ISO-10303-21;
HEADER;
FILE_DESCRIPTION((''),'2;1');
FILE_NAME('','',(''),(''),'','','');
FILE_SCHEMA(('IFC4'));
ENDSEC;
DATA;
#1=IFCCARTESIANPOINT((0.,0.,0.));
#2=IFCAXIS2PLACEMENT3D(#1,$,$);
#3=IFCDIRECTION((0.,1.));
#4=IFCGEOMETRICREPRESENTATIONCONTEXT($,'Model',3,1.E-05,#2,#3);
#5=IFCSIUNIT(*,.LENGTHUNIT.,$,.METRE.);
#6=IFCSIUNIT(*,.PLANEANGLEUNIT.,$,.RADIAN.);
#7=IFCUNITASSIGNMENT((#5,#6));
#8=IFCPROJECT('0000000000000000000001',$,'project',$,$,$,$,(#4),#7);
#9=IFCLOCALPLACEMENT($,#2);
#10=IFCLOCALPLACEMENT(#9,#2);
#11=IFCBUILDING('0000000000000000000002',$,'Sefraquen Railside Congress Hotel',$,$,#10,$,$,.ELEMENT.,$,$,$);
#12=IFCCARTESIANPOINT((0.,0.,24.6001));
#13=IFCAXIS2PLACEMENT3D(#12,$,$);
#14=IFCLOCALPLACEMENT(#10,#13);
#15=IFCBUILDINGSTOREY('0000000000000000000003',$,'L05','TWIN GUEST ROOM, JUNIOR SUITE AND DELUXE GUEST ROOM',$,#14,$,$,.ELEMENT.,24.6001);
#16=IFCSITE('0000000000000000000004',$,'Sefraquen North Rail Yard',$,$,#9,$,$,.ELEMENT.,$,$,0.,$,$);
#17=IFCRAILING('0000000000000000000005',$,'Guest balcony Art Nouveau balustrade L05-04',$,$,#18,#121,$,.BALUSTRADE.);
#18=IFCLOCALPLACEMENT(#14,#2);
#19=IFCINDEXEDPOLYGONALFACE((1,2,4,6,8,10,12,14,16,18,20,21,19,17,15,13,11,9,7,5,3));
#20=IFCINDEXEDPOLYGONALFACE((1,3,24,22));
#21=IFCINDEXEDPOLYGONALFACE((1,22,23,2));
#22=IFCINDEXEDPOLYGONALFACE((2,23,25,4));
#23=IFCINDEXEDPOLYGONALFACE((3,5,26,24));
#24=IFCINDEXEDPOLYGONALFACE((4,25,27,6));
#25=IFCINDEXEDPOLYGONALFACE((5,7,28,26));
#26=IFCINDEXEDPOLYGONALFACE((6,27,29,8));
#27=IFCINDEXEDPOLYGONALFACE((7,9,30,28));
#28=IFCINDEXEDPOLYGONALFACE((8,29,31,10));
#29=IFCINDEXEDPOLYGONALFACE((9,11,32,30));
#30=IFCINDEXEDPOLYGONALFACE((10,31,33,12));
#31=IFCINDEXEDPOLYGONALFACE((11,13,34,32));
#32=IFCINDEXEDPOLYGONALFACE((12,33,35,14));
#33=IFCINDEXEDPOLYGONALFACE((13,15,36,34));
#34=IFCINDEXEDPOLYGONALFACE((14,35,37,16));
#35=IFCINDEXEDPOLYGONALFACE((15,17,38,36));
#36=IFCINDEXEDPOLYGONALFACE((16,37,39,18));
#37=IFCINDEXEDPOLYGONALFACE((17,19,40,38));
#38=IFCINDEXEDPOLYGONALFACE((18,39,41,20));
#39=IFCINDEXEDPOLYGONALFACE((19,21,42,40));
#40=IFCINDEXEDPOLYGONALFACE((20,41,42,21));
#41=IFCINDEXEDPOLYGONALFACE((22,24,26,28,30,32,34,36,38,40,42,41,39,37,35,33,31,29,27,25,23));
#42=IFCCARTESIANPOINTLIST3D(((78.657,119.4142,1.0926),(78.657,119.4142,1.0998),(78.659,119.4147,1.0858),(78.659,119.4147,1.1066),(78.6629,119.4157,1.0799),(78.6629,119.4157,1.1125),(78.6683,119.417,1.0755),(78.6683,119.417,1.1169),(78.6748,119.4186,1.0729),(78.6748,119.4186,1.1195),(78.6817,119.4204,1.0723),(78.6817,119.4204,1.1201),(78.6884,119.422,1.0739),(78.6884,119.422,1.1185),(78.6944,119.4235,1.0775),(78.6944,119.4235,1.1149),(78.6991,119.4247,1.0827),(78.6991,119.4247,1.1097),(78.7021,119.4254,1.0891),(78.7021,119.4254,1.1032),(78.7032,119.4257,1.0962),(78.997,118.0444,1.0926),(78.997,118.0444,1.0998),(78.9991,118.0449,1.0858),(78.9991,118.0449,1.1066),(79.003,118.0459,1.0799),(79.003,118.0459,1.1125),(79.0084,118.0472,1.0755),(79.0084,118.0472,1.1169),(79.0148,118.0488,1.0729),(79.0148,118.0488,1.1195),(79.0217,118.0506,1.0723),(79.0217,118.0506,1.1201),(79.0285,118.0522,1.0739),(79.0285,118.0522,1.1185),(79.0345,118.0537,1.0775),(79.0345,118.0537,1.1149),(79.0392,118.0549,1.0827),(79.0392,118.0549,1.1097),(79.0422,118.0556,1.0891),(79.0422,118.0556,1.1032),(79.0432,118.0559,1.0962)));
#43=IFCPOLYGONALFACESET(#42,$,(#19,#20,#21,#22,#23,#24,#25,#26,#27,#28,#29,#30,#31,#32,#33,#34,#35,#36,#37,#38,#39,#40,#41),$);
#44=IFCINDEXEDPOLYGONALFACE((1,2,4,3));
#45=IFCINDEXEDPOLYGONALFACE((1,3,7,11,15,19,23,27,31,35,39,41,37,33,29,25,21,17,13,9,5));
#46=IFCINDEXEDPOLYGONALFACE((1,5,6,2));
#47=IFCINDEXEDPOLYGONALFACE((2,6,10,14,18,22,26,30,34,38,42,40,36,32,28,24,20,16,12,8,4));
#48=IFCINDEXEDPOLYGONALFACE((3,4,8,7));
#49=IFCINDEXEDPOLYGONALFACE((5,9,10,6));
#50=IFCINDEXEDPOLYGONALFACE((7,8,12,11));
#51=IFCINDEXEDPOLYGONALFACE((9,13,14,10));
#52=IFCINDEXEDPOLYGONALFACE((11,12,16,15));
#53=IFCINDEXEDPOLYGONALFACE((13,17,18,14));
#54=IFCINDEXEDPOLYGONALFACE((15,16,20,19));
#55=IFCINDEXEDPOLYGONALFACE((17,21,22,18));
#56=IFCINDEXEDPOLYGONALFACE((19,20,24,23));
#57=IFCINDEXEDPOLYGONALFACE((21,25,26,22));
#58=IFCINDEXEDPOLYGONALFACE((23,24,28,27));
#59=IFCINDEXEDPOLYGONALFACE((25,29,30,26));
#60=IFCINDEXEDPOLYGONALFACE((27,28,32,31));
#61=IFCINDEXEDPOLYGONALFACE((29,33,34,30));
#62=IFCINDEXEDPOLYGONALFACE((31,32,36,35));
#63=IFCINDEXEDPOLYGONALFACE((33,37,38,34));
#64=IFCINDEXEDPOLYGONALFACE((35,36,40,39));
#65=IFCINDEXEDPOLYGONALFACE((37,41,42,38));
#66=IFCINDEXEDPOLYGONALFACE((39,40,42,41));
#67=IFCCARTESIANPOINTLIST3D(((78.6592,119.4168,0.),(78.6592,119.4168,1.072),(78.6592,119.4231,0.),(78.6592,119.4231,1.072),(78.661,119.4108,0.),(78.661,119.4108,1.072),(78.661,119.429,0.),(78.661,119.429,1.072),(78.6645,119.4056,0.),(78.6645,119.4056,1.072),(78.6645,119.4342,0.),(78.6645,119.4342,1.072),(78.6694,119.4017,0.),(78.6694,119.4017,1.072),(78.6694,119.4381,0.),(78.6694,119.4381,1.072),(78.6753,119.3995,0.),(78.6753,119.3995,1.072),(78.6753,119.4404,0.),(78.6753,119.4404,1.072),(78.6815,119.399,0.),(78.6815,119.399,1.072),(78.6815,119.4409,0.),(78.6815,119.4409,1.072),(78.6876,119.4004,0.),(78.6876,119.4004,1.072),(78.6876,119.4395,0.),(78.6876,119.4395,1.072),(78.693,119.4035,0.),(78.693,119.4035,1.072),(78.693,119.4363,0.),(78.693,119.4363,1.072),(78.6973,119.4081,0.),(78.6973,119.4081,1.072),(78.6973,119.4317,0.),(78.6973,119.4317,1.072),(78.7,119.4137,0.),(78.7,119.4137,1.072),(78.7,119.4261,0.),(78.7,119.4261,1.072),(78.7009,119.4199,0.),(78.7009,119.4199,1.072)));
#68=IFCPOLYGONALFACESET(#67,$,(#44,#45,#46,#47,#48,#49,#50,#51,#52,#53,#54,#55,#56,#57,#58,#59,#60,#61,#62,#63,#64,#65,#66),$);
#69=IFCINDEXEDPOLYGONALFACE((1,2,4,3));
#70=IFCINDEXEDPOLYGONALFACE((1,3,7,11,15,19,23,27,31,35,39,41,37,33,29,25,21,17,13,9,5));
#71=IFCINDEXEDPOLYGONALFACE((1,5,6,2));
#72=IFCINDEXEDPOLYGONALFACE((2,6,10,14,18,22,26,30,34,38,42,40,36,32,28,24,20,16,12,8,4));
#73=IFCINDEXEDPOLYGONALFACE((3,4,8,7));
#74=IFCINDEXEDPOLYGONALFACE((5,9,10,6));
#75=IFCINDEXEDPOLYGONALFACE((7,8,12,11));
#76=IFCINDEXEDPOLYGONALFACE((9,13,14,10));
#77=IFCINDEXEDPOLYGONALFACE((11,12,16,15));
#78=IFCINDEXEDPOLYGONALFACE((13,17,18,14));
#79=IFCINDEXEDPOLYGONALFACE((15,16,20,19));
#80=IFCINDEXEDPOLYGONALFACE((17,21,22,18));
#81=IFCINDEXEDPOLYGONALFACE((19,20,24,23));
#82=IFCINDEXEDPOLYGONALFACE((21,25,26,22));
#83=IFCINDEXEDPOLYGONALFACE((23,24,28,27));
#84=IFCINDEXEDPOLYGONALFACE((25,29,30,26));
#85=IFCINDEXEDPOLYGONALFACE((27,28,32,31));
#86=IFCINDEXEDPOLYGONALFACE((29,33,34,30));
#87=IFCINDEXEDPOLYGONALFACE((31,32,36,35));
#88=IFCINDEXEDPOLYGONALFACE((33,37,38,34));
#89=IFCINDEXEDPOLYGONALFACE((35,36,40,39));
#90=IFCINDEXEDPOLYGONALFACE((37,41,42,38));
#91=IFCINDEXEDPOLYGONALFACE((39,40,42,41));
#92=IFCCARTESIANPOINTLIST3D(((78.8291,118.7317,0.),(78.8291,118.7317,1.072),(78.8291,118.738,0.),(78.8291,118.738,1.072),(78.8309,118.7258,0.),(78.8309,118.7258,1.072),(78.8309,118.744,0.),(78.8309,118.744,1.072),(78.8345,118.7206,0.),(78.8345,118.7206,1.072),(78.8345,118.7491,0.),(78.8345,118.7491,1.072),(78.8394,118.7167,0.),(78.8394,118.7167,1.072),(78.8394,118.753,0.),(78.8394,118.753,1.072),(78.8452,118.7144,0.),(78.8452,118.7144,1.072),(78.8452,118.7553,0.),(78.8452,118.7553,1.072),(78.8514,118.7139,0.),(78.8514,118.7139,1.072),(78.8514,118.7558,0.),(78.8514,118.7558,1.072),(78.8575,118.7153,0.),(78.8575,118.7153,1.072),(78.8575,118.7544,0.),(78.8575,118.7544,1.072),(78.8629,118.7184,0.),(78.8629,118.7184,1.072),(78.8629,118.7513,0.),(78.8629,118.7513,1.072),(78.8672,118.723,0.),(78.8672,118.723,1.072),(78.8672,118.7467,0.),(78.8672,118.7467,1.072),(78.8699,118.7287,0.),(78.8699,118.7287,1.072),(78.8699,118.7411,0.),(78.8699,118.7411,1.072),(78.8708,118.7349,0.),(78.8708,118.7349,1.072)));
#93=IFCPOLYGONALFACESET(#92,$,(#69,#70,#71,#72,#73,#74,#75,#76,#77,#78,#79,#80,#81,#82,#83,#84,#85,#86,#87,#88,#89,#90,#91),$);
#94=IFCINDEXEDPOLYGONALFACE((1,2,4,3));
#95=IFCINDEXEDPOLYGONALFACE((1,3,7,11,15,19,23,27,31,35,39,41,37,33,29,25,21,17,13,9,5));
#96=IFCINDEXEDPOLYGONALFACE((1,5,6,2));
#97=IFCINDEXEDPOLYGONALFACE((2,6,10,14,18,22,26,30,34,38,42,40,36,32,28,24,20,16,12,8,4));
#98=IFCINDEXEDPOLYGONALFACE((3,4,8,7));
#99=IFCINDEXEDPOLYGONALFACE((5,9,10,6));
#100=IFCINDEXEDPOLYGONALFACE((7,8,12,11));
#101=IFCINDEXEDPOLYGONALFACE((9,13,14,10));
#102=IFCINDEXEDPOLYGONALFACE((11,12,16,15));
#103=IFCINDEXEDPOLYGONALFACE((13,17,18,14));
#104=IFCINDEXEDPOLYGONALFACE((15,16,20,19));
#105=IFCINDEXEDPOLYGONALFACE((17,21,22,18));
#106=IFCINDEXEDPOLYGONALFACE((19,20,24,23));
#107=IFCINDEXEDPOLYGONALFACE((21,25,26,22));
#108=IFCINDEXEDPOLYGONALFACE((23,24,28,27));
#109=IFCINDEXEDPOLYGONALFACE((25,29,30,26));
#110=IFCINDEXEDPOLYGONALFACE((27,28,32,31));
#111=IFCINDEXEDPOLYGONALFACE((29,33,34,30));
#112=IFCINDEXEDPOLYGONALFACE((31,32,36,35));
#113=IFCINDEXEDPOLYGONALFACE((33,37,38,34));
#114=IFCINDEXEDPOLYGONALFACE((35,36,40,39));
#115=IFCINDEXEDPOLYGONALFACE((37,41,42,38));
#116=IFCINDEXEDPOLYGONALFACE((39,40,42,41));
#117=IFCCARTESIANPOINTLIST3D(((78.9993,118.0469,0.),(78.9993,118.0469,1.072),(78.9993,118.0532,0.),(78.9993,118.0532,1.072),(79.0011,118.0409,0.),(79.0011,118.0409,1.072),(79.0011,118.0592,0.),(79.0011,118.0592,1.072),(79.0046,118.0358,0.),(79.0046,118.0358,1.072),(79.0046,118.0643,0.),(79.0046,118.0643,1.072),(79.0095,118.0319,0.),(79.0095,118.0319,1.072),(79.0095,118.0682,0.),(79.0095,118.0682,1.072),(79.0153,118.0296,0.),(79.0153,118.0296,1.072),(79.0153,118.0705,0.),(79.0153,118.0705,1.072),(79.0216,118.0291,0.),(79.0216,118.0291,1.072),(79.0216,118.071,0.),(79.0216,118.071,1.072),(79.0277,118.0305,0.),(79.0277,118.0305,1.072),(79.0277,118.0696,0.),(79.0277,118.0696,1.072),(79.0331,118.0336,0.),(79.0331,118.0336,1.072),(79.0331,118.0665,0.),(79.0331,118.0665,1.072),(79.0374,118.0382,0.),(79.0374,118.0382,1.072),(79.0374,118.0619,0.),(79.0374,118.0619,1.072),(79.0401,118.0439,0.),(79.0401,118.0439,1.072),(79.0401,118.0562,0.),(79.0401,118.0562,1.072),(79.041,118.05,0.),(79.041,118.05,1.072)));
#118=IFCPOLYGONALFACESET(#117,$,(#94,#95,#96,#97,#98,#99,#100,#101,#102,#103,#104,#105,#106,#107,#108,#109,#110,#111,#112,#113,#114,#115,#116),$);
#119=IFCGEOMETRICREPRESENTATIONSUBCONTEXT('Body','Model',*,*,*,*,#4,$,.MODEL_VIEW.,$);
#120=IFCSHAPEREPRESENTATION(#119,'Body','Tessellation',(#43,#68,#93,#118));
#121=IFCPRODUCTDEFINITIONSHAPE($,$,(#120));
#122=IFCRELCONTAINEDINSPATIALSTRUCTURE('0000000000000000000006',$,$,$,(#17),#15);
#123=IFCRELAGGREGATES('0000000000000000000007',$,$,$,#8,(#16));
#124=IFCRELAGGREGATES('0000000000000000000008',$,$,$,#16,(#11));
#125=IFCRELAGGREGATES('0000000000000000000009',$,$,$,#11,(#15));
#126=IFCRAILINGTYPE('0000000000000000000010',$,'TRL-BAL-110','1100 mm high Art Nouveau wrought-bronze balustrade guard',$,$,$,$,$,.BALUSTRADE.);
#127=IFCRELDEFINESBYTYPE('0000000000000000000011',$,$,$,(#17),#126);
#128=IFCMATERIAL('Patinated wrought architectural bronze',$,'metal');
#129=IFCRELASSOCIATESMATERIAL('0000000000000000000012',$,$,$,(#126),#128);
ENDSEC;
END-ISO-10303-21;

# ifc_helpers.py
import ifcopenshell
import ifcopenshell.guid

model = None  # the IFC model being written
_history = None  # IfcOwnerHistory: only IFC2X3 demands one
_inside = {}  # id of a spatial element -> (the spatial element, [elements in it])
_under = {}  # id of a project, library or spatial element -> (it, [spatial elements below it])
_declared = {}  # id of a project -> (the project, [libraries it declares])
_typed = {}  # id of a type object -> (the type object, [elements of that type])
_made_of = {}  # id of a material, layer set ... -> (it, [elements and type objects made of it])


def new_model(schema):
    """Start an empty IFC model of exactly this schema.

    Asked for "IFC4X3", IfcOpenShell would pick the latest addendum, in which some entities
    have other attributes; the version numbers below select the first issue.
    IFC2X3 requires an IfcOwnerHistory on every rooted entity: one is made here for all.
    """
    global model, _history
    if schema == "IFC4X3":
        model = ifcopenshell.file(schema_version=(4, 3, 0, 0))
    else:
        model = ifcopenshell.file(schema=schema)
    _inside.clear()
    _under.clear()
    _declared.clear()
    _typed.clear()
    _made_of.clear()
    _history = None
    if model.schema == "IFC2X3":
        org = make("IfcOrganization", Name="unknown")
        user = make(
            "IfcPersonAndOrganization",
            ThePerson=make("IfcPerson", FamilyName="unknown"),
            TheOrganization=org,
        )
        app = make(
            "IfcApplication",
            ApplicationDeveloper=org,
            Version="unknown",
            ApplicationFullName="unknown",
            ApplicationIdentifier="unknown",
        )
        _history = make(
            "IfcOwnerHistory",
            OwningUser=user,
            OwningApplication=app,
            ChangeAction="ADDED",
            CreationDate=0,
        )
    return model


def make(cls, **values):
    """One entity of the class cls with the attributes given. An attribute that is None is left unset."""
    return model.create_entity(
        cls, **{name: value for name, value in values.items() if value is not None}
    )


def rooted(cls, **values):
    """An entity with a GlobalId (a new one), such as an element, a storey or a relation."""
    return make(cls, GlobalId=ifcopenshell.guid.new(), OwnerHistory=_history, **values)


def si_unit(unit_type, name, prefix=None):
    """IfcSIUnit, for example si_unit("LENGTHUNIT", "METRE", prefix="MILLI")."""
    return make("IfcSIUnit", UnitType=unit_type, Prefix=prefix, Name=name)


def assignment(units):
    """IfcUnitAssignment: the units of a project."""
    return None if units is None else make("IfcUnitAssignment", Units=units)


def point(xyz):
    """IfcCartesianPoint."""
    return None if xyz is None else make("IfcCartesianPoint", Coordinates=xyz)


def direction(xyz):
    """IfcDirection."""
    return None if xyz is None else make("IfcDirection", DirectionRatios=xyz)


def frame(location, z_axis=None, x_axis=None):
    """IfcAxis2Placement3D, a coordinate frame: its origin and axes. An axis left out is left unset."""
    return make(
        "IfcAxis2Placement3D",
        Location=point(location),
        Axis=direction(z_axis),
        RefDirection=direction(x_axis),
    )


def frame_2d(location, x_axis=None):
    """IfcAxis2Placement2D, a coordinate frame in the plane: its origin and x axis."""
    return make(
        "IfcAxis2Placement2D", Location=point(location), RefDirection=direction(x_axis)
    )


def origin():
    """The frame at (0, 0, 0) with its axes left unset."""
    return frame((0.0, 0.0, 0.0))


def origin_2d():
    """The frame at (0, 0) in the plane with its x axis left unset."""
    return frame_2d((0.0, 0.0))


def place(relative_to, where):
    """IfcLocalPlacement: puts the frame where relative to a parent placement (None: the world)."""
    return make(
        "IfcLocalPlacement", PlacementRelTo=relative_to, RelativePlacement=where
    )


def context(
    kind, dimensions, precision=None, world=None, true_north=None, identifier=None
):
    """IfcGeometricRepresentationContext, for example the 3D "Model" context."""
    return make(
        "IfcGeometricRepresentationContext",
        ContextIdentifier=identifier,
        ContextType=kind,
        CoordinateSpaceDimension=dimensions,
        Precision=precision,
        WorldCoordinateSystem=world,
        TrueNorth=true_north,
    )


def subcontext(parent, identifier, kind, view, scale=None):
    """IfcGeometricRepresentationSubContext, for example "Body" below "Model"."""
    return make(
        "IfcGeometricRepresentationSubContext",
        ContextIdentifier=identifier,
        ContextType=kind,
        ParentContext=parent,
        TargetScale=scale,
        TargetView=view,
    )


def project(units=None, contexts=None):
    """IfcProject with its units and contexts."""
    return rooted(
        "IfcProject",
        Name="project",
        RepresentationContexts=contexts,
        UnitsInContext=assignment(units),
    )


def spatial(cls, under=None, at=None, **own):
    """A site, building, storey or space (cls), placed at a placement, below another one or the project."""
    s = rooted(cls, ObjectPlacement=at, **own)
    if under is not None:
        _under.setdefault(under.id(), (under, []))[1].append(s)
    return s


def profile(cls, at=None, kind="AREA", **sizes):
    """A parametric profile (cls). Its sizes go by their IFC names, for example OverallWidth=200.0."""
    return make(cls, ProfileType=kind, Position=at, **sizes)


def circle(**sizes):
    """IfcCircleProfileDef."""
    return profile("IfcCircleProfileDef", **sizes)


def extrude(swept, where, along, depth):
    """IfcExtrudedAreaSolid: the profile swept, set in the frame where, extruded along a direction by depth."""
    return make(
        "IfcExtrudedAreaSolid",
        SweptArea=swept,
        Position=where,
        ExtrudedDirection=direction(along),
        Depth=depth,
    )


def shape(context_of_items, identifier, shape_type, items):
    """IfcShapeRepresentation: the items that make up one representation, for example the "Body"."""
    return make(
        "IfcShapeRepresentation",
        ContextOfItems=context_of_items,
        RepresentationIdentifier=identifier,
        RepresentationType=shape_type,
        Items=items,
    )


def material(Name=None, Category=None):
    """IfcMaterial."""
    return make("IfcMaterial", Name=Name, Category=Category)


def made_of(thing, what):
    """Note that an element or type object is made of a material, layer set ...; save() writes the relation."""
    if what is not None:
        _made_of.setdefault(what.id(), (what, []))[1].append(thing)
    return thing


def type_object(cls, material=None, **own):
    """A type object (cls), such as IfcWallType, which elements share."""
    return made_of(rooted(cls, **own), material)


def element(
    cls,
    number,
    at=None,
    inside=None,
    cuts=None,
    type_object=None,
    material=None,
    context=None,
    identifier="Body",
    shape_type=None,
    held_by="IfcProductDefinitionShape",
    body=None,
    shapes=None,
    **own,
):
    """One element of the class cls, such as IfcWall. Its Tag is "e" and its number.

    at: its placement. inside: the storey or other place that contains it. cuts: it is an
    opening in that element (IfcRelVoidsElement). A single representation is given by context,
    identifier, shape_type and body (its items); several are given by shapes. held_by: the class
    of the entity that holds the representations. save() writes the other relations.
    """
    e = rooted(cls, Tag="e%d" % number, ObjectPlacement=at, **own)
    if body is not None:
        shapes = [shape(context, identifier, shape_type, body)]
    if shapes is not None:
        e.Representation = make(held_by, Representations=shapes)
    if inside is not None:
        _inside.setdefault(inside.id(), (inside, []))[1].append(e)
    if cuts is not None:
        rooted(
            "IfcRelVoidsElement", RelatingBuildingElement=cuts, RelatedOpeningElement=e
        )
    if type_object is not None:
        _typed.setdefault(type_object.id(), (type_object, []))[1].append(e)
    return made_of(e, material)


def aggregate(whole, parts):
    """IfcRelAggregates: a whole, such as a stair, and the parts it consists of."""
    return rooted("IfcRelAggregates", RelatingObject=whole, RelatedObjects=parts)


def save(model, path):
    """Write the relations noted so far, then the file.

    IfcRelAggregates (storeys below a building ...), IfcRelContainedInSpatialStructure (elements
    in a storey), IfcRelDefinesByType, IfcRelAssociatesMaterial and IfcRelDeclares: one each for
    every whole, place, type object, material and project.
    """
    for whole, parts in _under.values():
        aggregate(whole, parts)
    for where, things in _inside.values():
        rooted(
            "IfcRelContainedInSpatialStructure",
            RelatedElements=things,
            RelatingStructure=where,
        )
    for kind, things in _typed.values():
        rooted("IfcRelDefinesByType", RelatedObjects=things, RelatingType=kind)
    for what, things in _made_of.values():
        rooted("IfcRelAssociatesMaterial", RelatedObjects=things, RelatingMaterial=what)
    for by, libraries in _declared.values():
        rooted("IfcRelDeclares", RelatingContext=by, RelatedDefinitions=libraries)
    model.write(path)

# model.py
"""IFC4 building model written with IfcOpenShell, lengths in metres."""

from ifc_helpers import new_model, si_unit, direction, frame, origin, origin_2d, place, context, subcontext, project, spatial, circle, extrude, material, type_object, element, save


model = new_model("IFC4")

# Units and contexts
model_context = context("Model", 3, precision=1e-05, world=origin(), true_north=direction((0.0, 1.0)))
body_context = subcontext(model_context, "Body", "Model", "MODEL_VIEW")
ifc_project = project(units=[si_unit("LENGTHUNIT", "METRE"), si_unit("PLANEANGLEUNIT", "RADIAN")], contexts=[model_context])

# Site, building, storey
site_placement = place(None, origin())
site = spatial("IfcSite", under=ifc_project, at=site_placement, Name="Sefraquen North Rail Yard", CompositionType="ELEMENT", RefElevation=0.0)
building_placement = place(site_placement, origin())
building = spatial("IfcBuilding", under=site, at=building_placement, Name="Sefraquen Railside Congress Hotel", CompositionType="ELEMENT")
storey_placement = place(building_placement, frame((0.0, 0.0, 24.6001)))
storey = spatial("IfcBuildingStorey", under=building, at=storey_placement, Name="L05", Description="TWIN GUEST ROOM, JUNIOR SUITE AND DELUXE GUEST ROOM", CompositionType="ELEMENT", Elevation=24.6001)

# Railing
ifc_material_1 = material(Name="Patinated wrought architectural bronze", Category="metal")
railing_type = type_object("IfcRailingType", Name="TRL-BAL-110", Description="1100 mm high Art Nouveau wrought-bronze balustrade guard", PredefinedType="BALUSTRADE", material=ifc_material_1)
railing_1_placement = place(storey_placement, frame((78.6799, 119.4199, 0.0)))
element("IfcRailing", 1, at=railing_1_placement, inside=storey, type_object=railing_type, Name="Guest balcony Art Nouveau balustrade L05-04", PredefinedType="BALUSTRADE", context=body_context, shape_type="SweptSolid", body=[
    extrude(circle(Radius=0.0239, at=origin_2d()), frame((0.0, 0.0, 1.0962), z_axis=(0.240948, -0.970538, 0.0), x_axis=(0.970538, 0.240948, 0.0)), (0.0, 0.0, 1.0), 1.4114),
    extrude(circle(Radius=0.021, at=origin_2d()), origin(), (0.0, 0.0, 1.0), 1.072),
    extrude(circle(Radius=0.021, at=origin_2d()), frame((0.1699, -0.6851, 0.0)), (0.0, 0.0, 1.0), 1.072),
    extrude(circle(Radius=0.021, at=origin_2d()), frame((0.3401, -1.3699, 0.0)), (0.0, 0.0, 1.0), 1.072),
])

save(model, "model.ifc")
